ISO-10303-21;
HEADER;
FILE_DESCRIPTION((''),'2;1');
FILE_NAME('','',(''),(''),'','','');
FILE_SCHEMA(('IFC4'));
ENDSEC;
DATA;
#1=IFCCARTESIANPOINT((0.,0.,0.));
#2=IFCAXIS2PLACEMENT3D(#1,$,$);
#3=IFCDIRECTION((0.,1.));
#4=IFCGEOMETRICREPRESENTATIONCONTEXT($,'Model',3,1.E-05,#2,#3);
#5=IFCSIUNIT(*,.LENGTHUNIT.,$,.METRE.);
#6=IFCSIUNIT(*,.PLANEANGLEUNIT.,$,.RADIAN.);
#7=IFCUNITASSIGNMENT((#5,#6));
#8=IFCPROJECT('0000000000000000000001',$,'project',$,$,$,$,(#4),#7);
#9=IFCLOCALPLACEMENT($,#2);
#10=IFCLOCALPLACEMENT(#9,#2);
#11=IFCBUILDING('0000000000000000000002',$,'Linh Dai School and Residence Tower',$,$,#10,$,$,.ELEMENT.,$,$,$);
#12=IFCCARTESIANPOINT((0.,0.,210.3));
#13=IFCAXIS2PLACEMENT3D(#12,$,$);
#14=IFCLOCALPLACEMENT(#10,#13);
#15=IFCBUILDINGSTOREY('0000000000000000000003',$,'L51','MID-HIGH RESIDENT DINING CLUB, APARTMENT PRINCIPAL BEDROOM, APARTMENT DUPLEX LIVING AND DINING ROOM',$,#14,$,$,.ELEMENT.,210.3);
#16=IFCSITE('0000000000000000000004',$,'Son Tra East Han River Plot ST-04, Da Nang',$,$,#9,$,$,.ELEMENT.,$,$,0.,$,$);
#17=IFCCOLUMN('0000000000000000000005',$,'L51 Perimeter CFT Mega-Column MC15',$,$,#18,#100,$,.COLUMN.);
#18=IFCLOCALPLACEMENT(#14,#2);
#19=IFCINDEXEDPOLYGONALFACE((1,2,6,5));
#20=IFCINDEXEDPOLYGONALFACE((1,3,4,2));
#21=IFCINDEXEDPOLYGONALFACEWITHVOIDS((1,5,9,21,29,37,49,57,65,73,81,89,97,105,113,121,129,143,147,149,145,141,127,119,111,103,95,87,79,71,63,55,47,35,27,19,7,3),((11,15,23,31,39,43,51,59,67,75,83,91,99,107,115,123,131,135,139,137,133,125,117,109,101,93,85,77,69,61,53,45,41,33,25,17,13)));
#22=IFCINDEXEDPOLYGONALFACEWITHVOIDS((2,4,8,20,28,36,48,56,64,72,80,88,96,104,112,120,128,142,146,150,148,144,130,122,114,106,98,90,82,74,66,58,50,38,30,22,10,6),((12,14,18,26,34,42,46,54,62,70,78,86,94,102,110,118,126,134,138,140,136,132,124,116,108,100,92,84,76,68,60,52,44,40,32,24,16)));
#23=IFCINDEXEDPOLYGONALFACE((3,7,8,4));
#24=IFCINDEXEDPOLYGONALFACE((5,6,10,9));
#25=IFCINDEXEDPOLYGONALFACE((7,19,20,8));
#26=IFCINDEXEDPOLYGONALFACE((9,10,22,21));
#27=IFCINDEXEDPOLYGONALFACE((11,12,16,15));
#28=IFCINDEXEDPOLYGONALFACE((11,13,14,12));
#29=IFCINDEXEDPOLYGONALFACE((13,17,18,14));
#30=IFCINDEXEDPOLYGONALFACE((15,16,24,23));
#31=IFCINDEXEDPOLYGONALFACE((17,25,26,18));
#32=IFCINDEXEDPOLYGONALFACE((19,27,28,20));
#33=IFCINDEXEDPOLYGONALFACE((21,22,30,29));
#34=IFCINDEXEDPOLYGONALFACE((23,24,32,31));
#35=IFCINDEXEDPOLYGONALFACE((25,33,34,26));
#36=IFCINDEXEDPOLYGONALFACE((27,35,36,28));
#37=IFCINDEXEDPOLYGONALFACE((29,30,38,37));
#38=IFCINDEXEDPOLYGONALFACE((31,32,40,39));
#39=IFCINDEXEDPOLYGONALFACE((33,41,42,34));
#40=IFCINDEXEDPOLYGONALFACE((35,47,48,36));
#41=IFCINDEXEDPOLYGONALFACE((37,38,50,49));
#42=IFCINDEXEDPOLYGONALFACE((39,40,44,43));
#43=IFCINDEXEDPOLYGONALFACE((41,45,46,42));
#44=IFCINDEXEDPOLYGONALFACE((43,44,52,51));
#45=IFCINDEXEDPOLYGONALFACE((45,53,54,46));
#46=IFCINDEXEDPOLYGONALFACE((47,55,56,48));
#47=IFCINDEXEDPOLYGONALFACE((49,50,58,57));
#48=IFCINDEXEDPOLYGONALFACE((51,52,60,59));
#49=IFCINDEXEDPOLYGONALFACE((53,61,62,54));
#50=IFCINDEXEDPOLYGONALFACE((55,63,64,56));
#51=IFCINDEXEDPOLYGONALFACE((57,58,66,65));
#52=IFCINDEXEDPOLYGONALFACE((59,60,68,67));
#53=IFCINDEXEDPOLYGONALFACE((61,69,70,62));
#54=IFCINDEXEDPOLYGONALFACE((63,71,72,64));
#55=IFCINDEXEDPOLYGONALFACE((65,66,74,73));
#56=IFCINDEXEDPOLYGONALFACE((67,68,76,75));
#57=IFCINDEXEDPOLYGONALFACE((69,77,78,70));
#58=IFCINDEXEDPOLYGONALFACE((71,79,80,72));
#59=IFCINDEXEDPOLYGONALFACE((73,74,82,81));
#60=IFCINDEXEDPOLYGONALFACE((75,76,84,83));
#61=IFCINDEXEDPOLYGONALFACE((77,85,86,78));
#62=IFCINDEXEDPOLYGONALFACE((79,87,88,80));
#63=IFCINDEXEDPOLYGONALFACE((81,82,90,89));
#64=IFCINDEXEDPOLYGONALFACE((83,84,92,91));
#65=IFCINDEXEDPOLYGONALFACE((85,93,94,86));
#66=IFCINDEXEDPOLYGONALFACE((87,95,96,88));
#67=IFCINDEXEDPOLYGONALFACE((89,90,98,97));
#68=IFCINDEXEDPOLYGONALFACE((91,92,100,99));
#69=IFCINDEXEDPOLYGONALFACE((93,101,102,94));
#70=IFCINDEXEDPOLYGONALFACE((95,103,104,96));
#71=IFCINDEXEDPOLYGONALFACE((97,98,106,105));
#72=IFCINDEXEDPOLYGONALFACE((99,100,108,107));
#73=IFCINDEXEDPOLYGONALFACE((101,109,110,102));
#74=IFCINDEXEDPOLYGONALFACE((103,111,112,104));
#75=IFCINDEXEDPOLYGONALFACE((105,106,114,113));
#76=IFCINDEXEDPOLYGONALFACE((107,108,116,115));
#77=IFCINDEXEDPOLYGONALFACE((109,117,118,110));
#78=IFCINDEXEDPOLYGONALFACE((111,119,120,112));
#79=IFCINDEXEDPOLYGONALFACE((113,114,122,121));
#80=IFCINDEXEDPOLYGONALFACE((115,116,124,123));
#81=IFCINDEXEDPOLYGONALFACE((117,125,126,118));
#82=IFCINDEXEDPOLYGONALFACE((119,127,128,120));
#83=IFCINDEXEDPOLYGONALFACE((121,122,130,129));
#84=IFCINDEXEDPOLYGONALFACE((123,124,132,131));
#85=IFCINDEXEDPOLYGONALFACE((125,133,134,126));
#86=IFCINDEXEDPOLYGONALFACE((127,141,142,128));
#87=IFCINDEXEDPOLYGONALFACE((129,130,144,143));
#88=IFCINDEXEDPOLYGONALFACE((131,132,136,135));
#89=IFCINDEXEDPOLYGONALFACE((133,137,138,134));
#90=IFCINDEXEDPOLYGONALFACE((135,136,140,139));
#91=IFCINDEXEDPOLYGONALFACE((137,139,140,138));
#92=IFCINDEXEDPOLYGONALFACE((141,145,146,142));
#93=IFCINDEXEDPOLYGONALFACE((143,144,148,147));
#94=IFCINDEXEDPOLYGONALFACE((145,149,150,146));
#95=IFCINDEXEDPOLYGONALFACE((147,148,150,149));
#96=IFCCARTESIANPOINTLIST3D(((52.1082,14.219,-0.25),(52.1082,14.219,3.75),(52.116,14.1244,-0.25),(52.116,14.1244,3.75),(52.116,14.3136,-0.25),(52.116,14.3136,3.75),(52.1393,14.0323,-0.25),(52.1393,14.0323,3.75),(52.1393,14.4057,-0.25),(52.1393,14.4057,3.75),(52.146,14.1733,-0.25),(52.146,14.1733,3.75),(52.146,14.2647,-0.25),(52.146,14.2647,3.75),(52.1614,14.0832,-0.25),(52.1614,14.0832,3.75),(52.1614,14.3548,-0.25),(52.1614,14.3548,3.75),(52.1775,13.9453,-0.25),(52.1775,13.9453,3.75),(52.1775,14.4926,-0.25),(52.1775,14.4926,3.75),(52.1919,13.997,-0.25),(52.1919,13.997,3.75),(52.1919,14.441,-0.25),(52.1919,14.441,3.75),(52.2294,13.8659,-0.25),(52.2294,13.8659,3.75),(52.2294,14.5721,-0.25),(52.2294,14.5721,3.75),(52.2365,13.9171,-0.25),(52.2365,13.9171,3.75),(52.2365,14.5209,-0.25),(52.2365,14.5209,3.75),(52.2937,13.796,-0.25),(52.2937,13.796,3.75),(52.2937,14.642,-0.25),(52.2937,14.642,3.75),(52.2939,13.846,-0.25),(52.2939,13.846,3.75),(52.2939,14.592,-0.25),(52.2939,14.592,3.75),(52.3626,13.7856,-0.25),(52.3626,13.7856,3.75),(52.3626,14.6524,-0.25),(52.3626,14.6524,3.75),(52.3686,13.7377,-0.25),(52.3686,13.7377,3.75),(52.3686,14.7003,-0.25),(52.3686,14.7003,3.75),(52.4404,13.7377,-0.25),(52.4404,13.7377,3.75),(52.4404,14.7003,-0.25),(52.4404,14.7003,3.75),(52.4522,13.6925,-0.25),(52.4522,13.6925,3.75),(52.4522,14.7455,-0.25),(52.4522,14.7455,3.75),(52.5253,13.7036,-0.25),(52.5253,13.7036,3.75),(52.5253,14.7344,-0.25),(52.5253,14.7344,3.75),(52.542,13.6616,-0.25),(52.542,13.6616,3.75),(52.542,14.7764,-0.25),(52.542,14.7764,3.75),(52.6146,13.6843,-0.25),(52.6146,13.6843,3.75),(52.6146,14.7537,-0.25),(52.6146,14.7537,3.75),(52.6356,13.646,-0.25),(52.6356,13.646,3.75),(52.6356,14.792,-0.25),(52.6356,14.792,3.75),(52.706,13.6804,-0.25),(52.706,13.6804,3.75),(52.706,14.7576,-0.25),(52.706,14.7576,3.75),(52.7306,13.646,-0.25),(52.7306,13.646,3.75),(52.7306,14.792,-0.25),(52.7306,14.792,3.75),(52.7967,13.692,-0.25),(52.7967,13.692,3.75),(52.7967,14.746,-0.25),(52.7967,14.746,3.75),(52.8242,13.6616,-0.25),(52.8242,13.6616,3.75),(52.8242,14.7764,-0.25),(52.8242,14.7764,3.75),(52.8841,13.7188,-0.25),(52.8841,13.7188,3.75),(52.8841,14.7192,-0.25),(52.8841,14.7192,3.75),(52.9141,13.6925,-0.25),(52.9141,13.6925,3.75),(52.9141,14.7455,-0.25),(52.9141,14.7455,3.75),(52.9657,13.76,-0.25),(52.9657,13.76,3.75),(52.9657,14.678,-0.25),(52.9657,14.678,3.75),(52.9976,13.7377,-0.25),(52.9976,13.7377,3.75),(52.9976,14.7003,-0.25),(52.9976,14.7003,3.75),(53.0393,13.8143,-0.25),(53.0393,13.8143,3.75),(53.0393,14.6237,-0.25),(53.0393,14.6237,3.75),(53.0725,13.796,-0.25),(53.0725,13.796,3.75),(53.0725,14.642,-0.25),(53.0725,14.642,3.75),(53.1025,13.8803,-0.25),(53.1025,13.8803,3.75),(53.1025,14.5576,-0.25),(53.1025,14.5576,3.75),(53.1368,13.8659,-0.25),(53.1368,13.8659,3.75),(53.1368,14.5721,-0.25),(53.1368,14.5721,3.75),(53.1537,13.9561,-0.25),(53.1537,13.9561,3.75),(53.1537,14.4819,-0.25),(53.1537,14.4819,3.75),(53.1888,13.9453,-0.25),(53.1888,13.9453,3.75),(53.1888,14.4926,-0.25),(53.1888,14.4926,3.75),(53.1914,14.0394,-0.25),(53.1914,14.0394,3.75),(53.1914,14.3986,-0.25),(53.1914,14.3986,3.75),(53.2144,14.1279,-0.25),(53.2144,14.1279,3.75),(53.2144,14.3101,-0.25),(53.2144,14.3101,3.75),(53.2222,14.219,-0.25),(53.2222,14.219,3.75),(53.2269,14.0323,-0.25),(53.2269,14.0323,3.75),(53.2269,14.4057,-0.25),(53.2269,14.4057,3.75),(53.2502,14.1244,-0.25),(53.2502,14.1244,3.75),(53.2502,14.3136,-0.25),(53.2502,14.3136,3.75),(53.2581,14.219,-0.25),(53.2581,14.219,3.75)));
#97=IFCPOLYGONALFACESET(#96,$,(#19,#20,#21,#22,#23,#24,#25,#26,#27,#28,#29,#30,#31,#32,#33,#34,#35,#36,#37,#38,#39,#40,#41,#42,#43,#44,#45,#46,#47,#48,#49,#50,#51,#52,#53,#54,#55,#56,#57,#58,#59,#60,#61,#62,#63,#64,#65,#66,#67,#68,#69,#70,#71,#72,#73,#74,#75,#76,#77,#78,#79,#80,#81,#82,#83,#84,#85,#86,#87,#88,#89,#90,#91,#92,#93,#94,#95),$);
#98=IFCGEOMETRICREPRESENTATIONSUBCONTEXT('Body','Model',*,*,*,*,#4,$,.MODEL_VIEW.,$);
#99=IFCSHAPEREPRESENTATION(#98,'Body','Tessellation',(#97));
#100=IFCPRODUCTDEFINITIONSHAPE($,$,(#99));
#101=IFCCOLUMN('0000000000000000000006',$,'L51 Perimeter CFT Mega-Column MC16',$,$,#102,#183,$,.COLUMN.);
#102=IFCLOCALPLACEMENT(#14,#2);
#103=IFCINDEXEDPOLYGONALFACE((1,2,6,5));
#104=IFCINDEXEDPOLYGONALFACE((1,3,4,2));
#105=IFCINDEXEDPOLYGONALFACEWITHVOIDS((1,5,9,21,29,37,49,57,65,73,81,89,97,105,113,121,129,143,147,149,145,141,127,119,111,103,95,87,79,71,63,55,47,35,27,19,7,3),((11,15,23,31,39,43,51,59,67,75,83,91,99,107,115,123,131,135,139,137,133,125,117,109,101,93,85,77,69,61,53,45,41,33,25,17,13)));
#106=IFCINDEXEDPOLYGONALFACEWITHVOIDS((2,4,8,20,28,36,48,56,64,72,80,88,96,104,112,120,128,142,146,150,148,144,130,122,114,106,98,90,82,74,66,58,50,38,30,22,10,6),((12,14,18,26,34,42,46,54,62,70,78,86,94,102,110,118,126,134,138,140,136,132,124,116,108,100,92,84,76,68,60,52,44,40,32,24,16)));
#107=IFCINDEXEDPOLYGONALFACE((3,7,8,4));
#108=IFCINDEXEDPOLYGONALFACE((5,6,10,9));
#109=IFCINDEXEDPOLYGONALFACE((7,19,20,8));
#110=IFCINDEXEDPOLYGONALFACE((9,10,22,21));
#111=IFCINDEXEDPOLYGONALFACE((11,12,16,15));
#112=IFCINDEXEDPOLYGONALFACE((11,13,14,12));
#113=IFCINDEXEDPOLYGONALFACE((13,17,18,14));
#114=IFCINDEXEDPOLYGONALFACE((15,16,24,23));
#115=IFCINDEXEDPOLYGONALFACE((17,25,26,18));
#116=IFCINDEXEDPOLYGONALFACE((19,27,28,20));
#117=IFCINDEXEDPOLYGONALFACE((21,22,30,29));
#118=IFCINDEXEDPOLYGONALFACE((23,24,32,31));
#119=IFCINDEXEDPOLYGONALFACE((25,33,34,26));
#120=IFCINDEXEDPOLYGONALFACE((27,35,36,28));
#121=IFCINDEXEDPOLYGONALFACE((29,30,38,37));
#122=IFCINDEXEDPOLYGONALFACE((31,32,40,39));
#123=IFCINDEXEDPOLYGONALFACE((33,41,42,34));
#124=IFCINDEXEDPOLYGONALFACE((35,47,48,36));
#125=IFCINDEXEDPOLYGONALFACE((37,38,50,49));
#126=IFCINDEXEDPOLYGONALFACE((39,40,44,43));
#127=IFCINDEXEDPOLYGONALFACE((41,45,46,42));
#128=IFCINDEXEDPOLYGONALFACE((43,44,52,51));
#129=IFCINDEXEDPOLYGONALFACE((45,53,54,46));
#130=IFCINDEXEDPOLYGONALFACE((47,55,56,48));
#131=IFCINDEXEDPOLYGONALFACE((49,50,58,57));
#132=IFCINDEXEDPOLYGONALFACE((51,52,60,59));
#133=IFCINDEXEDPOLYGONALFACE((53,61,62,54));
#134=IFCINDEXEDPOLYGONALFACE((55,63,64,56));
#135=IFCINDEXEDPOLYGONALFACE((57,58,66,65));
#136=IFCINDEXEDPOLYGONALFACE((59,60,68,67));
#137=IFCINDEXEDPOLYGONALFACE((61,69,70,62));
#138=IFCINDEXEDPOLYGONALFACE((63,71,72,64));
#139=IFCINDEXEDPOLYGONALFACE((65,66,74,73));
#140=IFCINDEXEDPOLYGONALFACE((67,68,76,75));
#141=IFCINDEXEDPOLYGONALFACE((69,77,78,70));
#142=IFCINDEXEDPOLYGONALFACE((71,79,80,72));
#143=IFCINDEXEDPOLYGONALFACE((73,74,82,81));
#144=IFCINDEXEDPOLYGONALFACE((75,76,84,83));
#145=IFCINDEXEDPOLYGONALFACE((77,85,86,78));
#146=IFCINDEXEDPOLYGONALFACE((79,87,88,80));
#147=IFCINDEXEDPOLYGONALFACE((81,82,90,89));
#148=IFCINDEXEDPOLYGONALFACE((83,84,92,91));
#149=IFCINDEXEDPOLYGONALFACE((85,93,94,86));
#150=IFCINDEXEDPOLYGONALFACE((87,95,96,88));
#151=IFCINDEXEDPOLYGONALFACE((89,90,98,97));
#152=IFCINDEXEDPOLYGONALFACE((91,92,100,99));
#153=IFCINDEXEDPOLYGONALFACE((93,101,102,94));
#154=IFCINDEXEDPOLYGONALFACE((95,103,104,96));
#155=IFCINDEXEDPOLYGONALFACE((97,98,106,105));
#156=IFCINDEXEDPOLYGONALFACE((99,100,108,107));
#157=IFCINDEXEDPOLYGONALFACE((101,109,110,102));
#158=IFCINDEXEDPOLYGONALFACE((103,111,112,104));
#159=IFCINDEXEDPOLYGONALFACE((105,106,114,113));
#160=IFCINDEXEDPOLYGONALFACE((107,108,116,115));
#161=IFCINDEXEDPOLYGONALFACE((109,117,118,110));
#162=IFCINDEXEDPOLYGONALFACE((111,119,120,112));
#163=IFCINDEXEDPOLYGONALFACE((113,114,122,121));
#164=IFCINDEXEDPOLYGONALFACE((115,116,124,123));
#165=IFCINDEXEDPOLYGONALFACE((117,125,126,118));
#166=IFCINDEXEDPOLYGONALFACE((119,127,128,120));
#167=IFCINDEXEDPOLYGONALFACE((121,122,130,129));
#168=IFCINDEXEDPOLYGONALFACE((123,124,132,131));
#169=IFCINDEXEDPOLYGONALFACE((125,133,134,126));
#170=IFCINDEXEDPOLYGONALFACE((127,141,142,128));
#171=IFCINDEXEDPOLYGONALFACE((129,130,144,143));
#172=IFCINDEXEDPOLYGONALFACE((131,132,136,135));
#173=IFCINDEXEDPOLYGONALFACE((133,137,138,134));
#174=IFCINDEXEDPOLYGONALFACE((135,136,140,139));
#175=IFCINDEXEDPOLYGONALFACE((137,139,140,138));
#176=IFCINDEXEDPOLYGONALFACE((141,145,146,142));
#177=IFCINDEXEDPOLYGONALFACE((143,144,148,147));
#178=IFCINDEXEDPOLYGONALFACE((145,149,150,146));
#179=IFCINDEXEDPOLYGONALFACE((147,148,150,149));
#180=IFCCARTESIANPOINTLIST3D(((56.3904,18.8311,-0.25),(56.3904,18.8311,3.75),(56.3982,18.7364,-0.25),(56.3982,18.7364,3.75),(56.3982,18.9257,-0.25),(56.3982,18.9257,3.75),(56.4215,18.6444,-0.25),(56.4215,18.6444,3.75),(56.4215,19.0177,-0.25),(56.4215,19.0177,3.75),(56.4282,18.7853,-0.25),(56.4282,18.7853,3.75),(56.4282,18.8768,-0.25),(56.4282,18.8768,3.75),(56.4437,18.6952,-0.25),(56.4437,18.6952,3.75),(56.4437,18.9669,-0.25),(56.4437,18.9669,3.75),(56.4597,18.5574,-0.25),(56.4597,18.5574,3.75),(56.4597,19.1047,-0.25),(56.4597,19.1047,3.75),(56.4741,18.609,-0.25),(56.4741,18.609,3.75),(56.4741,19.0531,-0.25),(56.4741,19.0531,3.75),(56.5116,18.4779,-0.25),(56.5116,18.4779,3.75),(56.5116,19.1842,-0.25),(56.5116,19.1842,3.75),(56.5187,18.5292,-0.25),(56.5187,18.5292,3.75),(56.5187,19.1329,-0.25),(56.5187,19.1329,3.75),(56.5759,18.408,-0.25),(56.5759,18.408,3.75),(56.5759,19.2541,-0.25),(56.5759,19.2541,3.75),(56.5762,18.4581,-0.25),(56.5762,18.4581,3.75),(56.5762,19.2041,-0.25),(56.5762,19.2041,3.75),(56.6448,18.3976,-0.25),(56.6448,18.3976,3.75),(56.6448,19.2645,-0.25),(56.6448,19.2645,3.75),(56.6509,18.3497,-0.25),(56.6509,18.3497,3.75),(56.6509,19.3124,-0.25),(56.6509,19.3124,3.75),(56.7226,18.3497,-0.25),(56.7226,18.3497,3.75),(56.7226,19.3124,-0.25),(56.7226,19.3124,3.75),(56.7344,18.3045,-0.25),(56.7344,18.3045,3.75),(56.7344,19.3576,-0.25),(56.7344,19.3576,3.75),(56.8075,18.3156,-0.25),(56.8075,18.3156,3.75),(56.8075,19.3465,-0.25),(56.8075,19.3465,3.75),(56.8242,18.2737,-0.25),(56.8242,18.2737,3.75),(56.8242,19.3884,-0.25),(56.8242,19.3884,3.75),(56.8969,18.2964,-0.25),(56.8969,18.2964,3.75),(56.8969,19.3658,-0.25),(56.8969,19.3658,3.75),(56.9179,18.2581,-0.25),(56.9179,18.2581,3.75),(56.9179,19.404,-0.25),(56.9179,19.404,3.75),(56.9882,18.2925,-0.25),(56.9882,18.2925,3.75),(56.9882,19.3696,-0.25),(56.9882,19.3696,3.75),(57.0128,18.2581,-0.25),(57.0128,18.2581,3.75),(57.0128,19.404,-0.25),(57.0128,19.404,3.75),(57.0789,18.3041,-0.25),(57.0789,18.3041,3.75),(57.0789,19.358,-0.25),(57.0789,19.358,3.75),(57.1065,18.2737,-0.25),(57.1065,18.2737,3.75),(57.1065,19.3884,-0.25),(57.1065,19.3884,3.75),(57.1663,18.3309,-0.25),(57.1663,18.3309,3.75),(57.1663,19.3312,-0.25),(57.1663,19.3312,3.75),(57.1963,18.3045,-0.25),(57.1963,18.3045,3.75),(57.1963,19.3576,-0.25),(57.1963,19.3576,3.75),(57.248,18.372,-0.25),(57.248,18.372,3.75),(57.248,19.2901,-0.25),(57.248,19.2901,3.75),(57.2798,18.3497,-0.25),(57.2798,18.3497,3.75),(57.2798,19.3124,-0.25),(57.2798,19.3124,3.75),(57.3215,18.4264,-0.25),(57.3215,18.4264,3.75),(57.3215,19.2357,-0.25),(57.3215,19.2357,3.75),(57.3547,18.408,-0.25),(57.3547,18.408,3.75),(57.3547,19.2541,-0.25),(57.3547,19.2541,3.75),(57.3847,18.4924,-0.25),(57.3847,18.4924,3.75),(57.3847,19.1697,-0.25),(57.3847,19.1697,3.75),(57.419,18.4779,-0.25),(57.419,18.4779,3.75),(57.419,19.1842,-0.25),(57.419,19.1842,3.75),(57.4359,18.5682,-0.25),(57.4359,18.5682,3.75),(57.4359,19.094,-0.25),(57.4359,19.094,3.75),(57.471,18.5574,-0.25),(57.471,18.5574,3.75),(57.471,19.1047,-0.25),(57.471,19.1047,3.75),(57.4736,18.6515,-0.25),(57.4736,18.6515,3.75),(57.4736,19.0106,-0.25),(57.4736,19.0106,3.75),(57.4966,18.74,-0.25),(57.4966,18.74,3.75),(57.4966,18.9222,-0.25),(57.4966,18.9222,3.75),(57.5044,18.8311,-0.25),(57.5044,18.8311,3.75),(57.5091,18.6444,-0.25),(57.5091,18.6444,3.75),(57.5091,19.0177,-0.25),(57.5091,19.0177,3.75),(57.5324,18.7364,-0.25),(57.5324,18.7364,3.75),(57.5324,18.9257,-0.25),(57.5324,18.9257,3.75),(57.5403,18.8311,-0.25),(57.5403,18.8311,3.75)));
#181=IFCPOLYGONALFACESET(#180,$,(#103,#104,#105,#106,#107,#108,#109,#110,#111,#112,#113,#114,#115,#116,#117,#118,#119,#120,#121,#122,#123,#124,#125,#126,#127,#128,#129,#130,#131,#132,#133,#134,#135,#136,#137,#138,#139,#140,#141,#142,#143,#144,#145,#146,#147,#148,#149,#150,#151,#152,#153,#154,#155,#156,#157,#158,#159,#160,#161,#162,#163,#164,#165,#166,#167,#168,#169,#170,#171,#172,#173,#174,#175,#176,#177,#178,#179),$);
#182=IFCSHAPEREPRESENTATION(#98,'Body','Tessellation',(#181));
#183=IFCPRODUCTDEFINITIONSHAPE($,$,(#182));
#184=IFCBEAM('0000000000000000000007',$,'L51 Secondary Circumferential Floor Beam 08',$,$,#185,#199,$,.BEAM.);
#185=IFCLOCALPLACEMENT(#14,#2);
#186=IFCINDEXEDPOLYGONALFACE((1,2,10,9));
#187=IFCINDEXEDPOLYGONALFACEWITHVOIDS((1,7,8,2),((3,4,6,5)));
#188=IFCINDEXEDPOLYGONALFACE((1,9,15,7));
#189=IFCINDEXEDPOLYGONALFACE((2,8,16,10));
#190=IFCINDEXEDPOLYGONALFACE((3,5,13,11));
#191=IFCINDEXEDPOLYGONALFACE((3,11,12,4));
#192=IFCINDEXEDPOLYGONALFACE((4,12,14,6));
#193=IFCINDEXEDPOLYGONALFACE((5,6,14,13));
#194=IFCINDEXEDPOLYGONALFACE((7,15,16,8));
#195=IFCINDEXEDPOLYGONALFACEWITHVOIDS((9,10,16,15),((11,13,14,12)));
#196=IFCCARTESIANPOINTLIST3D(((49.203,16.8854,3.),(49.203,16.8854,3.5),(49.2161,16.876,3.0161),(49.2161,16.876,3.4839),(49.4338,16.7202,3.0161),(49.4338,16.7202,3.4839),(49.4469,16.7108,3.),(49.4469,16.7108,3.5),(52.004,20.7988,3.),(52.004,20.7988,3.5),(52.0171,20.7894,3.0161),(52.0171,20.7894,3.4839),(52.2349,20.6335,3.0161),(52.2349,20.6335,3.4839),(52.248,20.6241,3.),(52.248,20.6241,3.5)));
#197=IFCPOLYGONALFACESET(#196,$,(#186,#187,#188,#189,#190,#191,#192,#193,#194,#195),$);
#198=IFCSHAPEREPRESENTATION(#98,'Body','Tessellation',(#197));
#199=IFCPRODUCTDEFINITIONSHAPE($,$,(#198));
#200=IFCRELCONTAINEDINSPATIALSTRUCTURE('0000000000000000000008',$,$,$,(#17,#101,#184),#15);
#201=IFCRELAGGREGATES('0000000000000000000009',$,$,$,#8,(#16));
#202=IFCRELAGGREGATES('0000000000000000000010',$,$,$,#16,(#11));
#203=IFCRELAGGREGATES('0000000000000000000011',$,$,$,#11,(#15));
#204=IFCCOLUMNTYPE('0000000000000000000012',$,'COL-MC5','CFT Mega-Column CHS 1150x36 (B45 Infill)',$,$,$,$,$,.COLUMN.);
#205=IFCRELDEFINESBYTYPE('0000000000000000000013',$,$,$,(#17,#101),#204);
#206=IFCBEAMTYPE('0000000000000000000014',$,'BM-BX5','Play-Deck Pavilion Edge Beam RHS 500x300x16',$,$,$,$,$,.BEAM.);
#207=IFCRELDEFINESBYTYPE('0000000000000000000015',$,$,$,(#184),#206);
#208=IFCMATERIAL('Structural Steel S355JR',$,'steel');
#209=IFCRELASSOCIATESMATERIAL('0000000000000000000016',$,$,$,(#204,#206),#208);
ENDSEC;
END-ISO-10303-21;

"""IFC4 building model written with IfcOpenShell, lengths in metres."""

from ifc_helpers import new_model, si_unit, direction, frame, origin, origin_2d, place, context, subcontext, project, spatial, hollow_rectangle, hollow_circle, extrude, material, material_profile, profile_set, type_object, element, save


model = new_model("IFC4")

# Units and contexts
model_context = context("Model", 3, precision=1e-05, world=origin(), true_north=direction((0.0, 1.0)))
body_context = subcontext(model_context, "Body", "Model", "MODEL_VIEW")
ifc_project = project(units=[si_unit("LENGTHUNIT", "METRE"), si_unit("PLANEANGLEUNIT", "RADIAN")], contexts=[model_context])

# Site, building, storey
site_placement = place(None, origin())
site = spatial("IfcSite", under=ifc_project, at=site_placement, Name="Son Tra East Han River Plot ST-04, Da Nang", CompositionType="ELEMENT", RefElevation=0.0)
building_placement = place(site_placement, origin())
building = spatial("IfcBuilding", under=site, at=building_placement, Name="Linh Dai School and Residence Tower", CompositionType="ELEMENT")
storey_placement = place(building_placement, frame((0.0, 0.0, 210.3)))
storey = spatial("IfcBuildingStorey", under=building, at=storey_placement, Name="L51", Description="MID-HIGH RESIDENT DINING CLUB, APARTMENT PRINCIPAL BEDROOM, APARTMENT DUPLEX LIVING AND DINING ROOM", CompositionType="ELEMENT", Elevation=210.3)

# Columns
ifc_material_1 = material(Name="Structural Steel S355JR", Category="steel")
ifc_material_profile_1 = material_profile(ifc_material_1, hollow_circle(Radius=0.575, WallThickness=0.0359, at=origin_2d()), Name="CHS 1150x36")
ifc_profile_set_1 = profile_set([ifc_material_profile_1], Name="Structural Steel S355JR")
column_type = type_object("IfcColumnType", Name="COL-MC5", Description="CFT Mega-Column CHS 1150x36 (B45 Infill)", PredefinedType="COLUMN", material=ifc_profile_set_1)
for number, where, z_axis, x_axis, name in (
    (1, (52.6831, 14.219, -0.25), (0.0, 0.0, 1.0), (1.0, 0.0, 0.0), "L51 Perimeter CFT Mega-Column MC15"),
    (2, (56.9653, 18.8311, -0.25), (0.0, 0.0, 1.0), (1.0, 0.0, 0.0), "L51 Perimeter CFT Mega-Column MC16"),
):
    element("IfcColumn", number, at=place(storey_placement, frame(where, z_axis=z_axis, x_axis=x_axis)), inside=storey, type_object=column_type, Name=name, PredefinedType="COLUMN", context=body_context, shape_type="SweptSolid", body=[
        extrude(hollow_circle(Radius=0.575, WallThickness=0.0359, at=origin_2d()), origin(), (0.0, 0.0, 1.0), 4.0),
    ])

# Beam
ifc_material_profile_2 = material_profile(ifc_material_1, hollow_rectangle(XDim=0.3, YDim=0.5, WallThickness=0.0161, at=origin_2d()), Name="RHS 500x300x16")
ifc_profile_set_2 = profile_set([ifc_material_profile_2], Name="Structural Steel S355JR")
beam_type_1 = type_object("IfcBeamType", Name="BM-BX5", Description="Play-Deck Pavilion Edge Beam RHS 500x300x16", PredefinedType="BEAM", material=ifc_profile_set_2)
beam_1_placement = place(storey_placement, frame((49.325, 16.7981, 3.25), z_axis=(0.582035, 0.813164, 0.0), x_axis=(-0.813164, 0.582035, 0.0)))
element("IfcBeam", 3, at=beam_1_placement, inside=storey, type_object=beam_type_1, Name="L51 Secondary Circumferential Floor Beam 08", PredefinedType="BEAM", context=body_context, shape_type="SweptSolid", body=[
    extrude(hollow_rectangle(XDim=0.3, YDim=0.5, WallThickness=0.0161, at=origin_2d()), origin(), (0.0, 0.0, 1.0), 4.8125),
])

save(model, "model.ifc")
